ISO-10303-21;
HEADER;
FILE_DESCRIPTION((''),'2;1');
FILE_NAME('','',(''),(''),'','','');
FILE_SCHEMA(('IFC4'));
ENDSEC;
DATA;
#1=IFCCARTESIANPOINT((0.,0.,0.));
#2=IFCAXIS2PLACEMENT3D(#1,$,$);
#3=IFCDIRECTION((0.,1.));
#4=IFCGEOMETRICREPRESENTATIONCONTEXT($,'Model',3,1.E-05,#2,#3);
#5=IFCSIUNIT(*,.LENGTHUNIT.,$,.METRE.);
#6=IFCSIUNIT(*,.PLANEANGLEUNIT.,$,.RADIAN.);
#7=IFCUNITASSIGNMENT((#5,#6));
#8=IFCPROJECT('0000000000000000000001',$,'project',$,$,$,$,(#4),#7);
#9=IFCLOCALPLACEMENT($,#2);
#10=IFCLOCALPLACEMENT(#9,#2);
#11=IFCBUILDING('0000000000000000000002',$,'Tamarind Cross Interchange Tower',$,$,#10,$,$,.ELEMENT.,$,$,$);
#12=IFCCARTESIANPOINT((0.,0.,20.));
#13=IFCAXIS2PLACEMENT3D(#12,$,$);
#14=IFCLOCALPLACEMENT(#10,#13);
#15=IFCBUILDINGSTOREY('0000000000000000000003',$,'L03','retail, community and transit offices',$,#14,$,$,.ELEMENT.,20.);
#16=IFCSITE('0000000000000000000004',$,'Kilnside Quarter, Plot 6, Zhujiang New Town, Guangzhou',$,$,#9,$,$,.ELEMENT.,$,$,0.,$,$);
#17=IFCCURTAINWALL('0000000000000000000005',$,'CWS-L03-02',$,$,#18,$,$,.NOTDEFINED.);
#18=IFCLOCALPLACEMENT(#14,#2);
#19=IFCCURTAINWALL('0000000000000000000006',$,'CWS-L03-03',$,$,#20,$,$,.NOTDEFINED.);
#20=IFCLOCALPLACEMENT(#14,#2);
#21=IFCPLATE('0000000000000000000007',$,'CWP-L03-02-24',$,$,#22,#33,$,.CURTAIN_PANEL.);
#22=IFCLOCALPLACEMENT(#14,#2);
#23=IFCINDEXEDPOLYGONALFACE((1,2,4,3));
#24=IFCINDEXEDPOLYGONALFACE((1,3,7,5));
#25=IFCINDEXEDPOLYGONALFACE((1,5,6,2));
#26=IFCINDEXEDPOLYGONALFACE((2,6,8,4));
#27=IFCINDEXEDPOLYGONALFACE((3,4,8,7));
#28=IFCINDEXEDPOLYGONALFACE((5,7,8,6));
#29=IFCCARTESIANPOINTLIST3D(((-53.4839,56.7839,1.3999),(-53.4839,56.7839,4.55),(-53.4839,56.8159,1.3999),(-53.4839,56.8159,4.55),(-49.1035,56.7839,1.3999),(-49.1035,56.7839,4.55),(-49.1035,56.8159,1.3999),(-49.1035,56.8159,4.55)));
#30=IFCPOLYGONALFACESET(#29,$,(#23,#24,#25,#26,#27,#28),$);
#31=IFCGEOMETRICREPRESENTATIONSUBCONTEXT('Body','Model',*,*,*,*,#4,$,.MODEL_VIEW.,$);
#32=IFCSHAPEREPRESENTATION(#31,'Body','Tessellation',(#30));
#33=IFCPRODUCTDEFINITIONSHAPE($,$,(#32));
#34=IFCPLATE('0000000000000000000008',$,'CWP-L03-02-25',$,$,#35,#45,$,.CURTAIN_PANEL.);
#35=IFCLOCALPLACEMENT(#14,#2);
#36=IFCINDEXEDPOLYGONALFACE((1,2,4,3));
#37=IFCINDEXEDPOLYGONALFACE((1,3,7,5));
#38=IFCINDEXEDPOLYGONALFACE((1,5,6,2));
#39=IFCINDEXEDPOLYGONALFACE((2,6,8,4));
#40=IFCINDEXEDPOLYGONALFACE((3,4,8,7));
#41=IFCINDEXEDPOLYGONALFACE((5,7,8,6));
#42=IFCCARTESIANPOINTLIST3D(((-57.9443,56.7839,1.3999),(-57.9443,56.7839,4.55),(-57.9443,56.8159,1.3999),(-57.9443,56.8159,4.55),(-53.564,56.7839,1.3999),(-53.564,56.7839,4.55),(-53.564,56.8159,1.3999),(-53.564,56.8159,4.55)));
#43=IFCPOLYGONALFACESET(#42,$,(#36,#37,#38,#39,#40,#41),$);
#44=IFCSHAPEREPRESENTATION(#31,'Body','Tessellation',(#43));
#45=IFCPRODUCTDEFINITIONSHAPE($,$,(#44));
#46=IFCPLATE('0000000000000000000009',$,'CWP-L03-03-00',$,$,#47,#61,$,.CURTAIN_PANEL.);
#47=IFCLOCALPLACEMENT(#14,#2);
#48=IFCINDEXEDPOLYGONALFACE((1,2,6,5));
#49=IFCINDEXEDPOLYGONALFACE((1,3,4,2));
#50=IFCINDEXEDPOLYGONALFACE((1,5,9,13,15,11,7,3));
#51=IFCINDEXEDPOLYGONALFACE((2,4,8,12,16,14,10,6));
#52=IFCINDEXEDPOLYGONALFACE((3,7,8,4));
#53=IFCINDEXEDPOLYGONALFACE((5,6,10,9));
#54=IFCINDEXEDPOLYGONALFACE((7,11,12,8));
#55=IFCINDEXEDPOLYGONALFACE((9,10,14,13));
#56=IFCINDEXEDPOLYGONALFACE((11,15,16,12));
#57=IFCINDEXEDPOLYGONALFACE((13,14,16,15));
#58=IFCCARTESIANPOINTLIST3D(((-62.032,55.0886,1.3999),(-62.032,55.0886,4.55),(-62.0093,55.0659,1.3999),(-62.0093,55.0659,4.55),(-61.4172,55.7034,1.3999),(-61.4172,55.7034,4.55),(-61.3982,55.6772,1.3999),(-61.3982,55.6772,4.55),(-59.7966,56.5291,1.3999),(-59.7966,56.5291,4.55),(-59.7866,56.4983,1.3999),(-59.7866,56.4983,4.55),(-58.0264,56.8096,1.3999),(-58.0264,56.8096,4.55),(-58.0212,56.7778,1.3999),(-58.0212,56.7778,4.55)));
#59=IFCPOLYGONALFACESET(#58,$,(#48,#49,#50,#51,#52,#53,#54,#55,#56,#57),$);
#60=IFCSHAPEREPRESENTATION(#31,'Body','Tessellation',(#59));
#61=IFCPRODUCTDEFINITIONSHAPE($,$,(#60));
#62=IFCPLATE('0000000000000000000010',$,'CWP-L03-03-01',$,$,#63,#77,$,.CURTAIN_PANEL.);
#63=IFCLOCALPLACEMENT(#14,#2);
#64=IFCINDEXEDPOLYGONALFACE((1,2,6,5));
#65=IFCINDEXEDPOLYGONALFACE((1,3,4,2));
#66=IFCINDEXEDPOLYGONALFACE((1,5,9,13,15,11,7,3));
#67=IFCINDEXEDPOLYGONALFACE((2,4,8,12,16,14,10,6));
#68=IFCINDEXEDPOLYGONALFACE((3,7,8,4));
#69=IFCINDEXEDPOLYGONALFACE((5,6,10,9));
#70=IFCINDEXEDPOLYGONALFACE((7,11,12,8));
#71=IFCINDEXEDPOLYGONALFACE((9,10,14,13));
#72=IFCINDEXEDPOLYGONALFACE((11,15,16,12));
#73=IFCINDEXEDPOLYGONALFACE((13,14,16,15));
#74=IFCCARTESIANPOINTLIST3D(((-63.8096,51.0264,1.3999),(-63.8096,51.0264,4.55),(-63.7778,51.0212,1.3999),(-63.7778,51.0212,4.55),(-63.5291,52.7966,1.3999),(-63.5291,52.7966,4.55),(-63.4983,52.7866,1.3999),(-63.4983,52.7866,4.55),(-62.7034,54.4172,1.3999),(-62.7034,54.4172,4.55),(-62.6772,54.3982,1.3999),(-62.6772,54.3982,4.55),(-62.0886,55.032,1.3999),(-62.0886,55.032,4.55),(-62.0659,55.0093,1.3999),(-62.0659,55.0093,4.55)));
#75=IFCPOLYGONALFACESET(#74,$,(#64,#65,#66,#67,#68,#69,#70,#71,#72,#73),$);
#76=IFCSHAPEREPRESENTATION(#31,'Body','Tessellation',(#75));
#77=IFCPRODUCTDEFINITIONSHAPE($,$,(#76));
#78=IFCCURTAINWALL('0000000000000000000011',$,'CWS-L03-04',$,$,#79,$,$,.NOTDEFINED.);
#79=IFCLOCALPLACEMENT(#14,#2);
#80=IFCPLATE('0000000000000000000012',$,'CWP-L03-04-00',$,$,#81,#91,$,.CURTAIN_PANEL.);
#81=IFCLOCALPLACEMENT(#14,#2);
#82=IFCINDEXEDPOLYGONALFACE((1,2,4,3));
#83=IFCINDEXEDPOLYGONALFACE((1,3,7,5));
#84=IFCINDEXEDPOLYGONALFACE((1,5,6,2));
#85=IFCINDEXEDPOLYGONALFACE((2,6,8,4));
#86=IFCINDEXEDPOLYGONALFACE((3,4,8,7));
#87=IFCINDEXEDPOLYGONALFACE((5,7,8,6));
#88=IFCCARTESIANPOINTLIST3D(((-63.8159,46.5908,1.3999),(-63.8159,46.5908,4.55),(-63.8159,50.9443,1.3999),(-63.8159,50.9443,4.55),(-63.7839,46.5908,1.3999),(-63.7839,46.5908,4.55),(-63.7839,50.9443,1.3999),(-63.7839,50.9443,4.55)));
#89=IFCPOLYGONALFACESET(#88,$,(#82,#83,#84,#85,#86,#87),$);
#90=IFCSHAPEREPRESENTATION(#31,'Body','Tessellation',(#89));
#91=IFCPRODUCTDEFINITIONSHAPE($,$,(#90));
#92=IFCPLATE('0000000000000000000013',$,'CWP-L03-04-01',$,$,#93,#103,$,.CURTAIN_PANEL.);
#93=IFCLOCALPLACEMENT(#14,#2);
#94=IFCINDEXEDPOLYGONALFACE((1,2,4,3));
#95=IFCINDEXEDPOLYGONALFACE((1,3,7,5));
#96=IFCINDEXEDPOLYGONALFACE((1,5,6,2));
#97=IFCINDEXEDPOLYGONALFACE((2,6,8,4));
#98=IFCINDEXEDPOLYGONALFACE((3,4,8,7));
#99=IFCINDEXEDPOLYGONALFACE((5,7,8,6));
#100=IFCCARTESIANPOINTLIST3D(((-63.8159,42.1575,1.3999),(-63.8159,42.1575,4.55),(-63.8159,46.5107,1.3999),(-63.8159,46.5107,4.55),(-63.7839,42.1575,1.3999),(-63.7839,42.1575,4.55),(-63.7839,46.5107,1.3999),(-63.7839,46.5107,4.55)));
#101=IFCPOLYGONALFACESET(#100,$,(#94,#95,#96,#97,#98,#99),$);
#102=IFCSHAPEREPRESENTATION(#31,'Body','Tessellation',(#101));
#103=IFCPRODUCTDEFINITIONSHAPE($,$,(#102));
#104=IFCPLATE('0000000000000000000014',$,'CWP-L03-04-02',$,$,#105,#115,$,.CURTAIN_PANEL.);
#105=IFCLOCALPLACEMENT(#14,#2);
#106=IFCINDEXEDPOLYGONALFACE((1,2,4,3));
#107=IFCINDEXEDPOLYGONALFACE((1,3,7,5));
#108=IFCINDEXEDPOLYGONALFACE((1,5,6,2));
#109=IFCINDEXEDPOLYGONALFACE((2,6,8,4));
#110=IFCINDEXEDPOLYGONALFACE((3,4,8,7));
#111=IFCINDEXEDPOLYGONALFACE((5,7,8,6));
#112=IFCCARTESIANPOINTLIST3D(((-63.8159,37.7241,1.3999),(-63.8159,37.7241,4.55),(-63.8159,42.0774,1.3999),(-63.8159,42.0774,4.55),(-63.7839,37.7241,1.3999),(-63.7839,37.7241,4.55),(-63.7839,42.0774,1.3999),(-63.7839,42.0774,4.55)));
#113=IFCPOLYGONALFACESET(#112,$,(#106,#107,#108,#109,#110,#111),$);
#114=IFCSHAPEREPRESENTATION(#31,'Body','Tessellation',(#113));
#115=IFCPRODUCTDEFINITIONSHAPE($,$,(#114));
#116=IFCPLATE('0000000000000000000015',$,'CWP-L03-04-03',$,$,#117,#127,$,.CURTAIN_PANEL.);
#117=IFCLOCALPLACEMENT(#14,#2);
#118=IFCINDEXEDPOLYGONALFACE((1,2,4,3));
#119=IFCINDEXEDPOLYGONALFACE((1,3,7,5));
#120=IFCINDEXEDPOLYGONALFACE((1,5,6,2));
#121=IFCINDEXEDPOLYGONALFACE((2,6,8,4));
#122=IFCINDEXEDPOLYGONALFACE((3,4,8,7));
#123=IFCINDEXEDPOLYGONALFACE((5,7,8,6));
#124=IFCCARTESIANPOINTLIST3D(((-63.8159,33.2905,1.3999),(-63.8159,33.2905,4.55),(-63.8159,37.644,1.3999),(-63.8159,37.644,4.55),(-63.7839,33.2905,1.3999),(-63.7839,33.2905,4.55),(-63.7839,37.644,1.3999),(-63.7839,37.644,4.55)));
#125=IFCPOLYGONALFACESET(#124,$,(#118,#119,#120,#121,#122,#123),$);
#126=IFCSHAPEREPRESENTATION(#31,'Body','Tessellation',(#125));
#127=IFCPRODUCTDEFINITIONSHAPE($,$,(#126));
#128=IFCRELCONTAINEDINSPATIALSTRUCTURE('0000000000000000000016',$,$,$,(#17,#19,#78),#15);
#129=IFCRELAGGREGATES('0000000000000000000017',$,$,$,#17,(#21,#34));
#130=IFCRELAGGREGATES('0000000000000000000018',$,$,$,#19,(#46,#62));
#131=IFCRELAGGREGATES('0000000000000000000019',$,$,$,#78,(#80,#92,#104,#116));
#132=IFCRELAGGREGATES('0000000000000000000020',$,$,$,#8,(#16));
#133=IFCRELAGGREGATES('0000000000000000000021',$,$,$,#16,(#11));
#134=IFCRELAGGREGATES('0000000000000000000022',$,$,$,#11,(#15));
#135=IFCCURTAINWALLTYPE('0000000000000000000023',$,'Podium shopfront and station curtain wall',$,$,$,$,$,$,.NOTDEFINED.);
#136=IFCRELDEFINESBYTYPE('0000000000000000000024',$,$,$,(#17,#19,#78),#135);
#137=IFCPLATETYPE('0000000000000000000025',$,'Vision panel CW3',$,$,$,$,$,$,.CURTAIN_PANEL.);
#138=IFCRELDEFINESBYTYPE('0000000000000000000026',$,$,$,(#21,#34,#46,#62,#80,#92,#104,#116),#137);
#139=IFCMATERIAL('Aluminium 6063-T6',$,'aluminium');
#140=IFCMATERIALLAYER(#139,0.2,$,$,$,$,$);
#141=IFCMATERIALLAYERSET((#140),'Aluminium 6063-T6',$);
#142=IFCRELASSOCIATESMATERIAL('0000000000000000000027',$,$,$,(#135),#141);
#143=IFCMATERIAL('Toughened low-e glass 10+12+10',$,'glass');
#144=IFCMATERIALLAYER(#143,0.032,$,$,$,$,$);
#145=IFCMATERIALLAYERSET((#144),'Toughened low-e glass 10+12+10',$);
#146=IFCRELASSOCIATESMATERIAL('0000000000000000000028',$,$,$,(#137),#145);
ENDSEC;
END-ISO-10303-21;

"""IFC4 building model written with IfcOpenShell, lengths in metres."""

from ifc_helpers import new_model, si_unit, direction, frame, origin, place, context, subcontext, project, spatial, polyline, outline, extrude, material, layer, layer_set, type_object, element, aggregate, save


model = new_model("IFC4")

# Units and contexts
model_context = context("Model", 3, precision=1e-05, world=origin(), true_north=direction((0.0, 1.0)))
body_context = subcontext(model_context, "Body", "Model", "MODEL_VIEW")
ifc_project = project(units=[si_unit("LENGTHUNIT", "METRE"), si_unit("PLANEANGLEUNIT", "RADIAN")], contexts=[model_context])

# Site, building, storey
site_placement = place(None, origin())
site = spatial("IfcSite", under=ifc_project, at=site_placement, Name="Kilnside Quarter, Plot 6, Zhujiang New Town, Guangzhou", CompositionType="ELEMENT", RefElevation=0.0)
building_placement = place(site_placement, origin())
building = spatial("IfcBuilding", under=site, at=building_placement, Name="Tamarind Cross Interchange Tower", CompositionType="ELEMENT")
storey_placement = place(building_placement, frame((0.0, 0.0, 20.0)))
storey = spatial("IfcBuildingStorey", under=building, at=storey_placement, Name="L03", Description="retail, community and transit offices", CompositionType="ELEMENT", Elevation=20.0)

# Curtain walls
ifc_material_1 = material(Name="Aluminium 6063-T6", Category="aluminium")
ifc_layer_1 = layer(ifc_material_1, 0.2)
ifc_layer_set_1 = layer_set([ifc_layer_1], Name="Aluminium 6063-T6")
curtain_wall_type = type_object("IfcCurtainWallType", Name="Podium shopfront and station curtain wall", PredefinedType="NOTDEFINED", material=ifc_layer_set_1)
curtain_wall_1_placement = place(storey_placement, origin())
curtain_wall_1 = element("IfcCurtainWall", 1, at=curtain_wall_1_placement, inside=storey, type_object=curtain_wall_type, Name="CWS-L03-02", PredefinedType="NOTDEFINED")
curtain_wall_2_placement = place(storey_placement, origin())
curtain_wall_2 = element("IfcCurtainWall", 2, at=curtain_wall_2_placement, inside=storey, type_object=curtain_wall_type, Name="CWS-L03-03", PredefinedType="NOTDEFINED")

# Plates
ifc_material_2 = material(Name="Toughened low-e glass 10+12+10", Category="glass")
ifc_layer_2 = layer(ifc_material_2, 0.032)
ifc_layer_set_2 = layer_set([ifc_layer_2], Name="Toughened low-e glass 10+12+10")
plate_type = type_object("IfcPlateType", Name="Vision panel CW3", PredefinedType="CURTAIN_PANEL", material=ifc_layer_set_2)
plate_1_placement = place(storey_placement, frame((0.0, 0.0, 1.3999)))
plate_1 = element("IfcPlate", 3, at=plate_1_placement, type_object=plate_type, Name="CWP-L03-02-24", PredefinedType="CURTAIN_PANEL", context=body_context, shape_type="SweptSolid", body=[
    extrude(outline(polyline([(-49.1035, 56.7839), (-53.4839, 56.7839), (-53.4839, 56.8159), (-49.1035, 56.8159), (-49.1035, 56.7839)])), origin(), (0.0, 0.0, 1.0), 3.1501),
])
plate_2_placement = place(storey_placement, frame((0.0, 0.0, 1.3999)))
plate_2 = element("IfcPlate", 4, at=plate_2_placement, type_object=plate_type, Name="CWP-L03-02-25", PredefinedType="CURTAIN_PANEL", context=body_context, shape_type="SweptSolid", body=[
    extrude(outline(polyline([(-53.564, 56.7839), (-57.9443, 56.7839), (-57.9443, 56.8159), (-53.564, 56.8159), (-53.564, 56.7839)])), origin(), (0.0, 0.0, 1.0), 3.1501),
])
aggregate(curtain_wall_1, [plate_1, plate_2])
plate_3_placement = place(storey_placement, frame((0.0, 0.0, 1.3999)))
plate_3 = element("IfcPlate", 5, at=plate_3_placement, type_object=plate_type, Name="CWP-L03-03-00", PredefinedType="CURTAIN_PANEL", context=body_context, shape_type="SweptSolid", body=[
    extrude(outline(polyline([(-58.0212, 56.7778), (-59.7866, 56.4983), (-61.3982, 55.6772), (-62.0093, 55.0659), (-62.032, 55.0886), (-61.4172, 55.7034), (-59.7966, 56.5291), (-58.0264, 56.8096), (-58.0212, 56.7778)])), origin(), (0.0, 0.0, 1.0), 3.1501),
])
plate_4_placement = place(storey_placement, frame((0.0, 0.0, 1.3999)))
plate_4 = element("IfcPlate", 6, at=plate_4_placement, type_object=plate_type, Name="CWP-L03-03-01", PredefinedType="CURTAIN_PANEL", context=body_context, shape_type="SweptSolid", body=[
    extrude(outline(polyline([(-62.0659, 55.0093), (-62.6772, 54.3982), (-63.4983, 52.7866), (-63.7778, 51.0212), (-63.8096, 51.0264), (-63.5291, 52.7966), (-62.7034, 54.4172), (-62.0886, 55.032), (-62.0659, 55.0093)])), origin(), (0.0, 0.0, 1.0), 3.1501),
])
aggregate(curtain_wall_2, [plate_3, plate_4])

# Curtain wall, plates
curtain_wall_3_placement = place(storey_placement, origin())
curtain_wall_3 = element("IfcCurtainWall", 7, at=curtain_wall_3_placement, inside=storey, type_object=curtain_wall_type, Name="CWS-L03-04", PredefinedType="NOTDEFINED")
plate_5_placement = place(storey_placement, frame((0.0, 0.0, 1.3999)))
plate_5 = element("IfcPlate", 8, at=plate_5_placement, type_object=plate_type, Name="CWP-L03-04-00", PredefinedType="CURTAIN_PANEL", context=body_context, shape_type="SweptSolid", body=[
    extrude(outline(polyline([(-63.7839, 50.9443), (-63.7839, 46.5908), (-63.8159, 46.5908), (-63.8159, 50.9443), (-63.7839, 50.9443)])), origin(), (0.0, 0.0, 1.0), 3.1501),
])
plate_6_placement = place(storey_placement, frame((0.0, 0.0, 1.3999)))
plate_6 = element("IfcPlate", 9, at=plate_6_placement, type_object=plate_type, Name="CWP-L03-04-01", PredefinedType="CURTAIN_PANEL", context=body_context, shape_type="SweptSolid", body=[
    extrude(outline(polyline([(-63.7839, 46.5107), (-63.7839, 42.1575), (-63.8159, 42.1575), (-63.8159, 46.5107), (-63.7839, 46.5107)])), origin(), (0.0, 0.0, 1.0), 3.1501),
])
plate_7_placement = place(storey_placement, frame((0.0, 0.0, 1.3999)))
plate_7 = element("IfcPlate", 10, at=plate_7_placement, type_object=plate_type, Name="CWP-L03-04-02", PredefinedType="CURTAIN_PANEL", context=body_context, shape_type="SweptSolid", body=[
    extrude(outline(polyline([(-63.7839, 42.0774), (-63.7839, 37.7241), (-63.8159, 37.7241), (-63.8159, 42.0774), (-63.7839, 42.0774)])), origin(), (0.0, 0.0, 1.0), 3.1501),
])
plate_8_placement = place(storey_placement, frame((0.0, 0.0, 1.3999)))
plate_8 = element("IfcPlate", 11, at=plate_8_placement, type_object=plate_type, Name="CWP-L03-04-03", PredefinedType="CURTAIN_PANEL", context=body_context, shape_type="SweptSolid", body=[
    extrude(outline(polyline([(-63.7839, 37.644), (-63.7839, 33.2905), (-63.8159, 33.2905), (-63.8159, 37.644), (-63.7839, 37.644)])), origin(), (0.0, 0.0, 1.0), 3.1501),
])
aggregate(curtain_wall_3, [plate_5, plate_6, plate_7, plate_8])

save(model, "model.ifc")
